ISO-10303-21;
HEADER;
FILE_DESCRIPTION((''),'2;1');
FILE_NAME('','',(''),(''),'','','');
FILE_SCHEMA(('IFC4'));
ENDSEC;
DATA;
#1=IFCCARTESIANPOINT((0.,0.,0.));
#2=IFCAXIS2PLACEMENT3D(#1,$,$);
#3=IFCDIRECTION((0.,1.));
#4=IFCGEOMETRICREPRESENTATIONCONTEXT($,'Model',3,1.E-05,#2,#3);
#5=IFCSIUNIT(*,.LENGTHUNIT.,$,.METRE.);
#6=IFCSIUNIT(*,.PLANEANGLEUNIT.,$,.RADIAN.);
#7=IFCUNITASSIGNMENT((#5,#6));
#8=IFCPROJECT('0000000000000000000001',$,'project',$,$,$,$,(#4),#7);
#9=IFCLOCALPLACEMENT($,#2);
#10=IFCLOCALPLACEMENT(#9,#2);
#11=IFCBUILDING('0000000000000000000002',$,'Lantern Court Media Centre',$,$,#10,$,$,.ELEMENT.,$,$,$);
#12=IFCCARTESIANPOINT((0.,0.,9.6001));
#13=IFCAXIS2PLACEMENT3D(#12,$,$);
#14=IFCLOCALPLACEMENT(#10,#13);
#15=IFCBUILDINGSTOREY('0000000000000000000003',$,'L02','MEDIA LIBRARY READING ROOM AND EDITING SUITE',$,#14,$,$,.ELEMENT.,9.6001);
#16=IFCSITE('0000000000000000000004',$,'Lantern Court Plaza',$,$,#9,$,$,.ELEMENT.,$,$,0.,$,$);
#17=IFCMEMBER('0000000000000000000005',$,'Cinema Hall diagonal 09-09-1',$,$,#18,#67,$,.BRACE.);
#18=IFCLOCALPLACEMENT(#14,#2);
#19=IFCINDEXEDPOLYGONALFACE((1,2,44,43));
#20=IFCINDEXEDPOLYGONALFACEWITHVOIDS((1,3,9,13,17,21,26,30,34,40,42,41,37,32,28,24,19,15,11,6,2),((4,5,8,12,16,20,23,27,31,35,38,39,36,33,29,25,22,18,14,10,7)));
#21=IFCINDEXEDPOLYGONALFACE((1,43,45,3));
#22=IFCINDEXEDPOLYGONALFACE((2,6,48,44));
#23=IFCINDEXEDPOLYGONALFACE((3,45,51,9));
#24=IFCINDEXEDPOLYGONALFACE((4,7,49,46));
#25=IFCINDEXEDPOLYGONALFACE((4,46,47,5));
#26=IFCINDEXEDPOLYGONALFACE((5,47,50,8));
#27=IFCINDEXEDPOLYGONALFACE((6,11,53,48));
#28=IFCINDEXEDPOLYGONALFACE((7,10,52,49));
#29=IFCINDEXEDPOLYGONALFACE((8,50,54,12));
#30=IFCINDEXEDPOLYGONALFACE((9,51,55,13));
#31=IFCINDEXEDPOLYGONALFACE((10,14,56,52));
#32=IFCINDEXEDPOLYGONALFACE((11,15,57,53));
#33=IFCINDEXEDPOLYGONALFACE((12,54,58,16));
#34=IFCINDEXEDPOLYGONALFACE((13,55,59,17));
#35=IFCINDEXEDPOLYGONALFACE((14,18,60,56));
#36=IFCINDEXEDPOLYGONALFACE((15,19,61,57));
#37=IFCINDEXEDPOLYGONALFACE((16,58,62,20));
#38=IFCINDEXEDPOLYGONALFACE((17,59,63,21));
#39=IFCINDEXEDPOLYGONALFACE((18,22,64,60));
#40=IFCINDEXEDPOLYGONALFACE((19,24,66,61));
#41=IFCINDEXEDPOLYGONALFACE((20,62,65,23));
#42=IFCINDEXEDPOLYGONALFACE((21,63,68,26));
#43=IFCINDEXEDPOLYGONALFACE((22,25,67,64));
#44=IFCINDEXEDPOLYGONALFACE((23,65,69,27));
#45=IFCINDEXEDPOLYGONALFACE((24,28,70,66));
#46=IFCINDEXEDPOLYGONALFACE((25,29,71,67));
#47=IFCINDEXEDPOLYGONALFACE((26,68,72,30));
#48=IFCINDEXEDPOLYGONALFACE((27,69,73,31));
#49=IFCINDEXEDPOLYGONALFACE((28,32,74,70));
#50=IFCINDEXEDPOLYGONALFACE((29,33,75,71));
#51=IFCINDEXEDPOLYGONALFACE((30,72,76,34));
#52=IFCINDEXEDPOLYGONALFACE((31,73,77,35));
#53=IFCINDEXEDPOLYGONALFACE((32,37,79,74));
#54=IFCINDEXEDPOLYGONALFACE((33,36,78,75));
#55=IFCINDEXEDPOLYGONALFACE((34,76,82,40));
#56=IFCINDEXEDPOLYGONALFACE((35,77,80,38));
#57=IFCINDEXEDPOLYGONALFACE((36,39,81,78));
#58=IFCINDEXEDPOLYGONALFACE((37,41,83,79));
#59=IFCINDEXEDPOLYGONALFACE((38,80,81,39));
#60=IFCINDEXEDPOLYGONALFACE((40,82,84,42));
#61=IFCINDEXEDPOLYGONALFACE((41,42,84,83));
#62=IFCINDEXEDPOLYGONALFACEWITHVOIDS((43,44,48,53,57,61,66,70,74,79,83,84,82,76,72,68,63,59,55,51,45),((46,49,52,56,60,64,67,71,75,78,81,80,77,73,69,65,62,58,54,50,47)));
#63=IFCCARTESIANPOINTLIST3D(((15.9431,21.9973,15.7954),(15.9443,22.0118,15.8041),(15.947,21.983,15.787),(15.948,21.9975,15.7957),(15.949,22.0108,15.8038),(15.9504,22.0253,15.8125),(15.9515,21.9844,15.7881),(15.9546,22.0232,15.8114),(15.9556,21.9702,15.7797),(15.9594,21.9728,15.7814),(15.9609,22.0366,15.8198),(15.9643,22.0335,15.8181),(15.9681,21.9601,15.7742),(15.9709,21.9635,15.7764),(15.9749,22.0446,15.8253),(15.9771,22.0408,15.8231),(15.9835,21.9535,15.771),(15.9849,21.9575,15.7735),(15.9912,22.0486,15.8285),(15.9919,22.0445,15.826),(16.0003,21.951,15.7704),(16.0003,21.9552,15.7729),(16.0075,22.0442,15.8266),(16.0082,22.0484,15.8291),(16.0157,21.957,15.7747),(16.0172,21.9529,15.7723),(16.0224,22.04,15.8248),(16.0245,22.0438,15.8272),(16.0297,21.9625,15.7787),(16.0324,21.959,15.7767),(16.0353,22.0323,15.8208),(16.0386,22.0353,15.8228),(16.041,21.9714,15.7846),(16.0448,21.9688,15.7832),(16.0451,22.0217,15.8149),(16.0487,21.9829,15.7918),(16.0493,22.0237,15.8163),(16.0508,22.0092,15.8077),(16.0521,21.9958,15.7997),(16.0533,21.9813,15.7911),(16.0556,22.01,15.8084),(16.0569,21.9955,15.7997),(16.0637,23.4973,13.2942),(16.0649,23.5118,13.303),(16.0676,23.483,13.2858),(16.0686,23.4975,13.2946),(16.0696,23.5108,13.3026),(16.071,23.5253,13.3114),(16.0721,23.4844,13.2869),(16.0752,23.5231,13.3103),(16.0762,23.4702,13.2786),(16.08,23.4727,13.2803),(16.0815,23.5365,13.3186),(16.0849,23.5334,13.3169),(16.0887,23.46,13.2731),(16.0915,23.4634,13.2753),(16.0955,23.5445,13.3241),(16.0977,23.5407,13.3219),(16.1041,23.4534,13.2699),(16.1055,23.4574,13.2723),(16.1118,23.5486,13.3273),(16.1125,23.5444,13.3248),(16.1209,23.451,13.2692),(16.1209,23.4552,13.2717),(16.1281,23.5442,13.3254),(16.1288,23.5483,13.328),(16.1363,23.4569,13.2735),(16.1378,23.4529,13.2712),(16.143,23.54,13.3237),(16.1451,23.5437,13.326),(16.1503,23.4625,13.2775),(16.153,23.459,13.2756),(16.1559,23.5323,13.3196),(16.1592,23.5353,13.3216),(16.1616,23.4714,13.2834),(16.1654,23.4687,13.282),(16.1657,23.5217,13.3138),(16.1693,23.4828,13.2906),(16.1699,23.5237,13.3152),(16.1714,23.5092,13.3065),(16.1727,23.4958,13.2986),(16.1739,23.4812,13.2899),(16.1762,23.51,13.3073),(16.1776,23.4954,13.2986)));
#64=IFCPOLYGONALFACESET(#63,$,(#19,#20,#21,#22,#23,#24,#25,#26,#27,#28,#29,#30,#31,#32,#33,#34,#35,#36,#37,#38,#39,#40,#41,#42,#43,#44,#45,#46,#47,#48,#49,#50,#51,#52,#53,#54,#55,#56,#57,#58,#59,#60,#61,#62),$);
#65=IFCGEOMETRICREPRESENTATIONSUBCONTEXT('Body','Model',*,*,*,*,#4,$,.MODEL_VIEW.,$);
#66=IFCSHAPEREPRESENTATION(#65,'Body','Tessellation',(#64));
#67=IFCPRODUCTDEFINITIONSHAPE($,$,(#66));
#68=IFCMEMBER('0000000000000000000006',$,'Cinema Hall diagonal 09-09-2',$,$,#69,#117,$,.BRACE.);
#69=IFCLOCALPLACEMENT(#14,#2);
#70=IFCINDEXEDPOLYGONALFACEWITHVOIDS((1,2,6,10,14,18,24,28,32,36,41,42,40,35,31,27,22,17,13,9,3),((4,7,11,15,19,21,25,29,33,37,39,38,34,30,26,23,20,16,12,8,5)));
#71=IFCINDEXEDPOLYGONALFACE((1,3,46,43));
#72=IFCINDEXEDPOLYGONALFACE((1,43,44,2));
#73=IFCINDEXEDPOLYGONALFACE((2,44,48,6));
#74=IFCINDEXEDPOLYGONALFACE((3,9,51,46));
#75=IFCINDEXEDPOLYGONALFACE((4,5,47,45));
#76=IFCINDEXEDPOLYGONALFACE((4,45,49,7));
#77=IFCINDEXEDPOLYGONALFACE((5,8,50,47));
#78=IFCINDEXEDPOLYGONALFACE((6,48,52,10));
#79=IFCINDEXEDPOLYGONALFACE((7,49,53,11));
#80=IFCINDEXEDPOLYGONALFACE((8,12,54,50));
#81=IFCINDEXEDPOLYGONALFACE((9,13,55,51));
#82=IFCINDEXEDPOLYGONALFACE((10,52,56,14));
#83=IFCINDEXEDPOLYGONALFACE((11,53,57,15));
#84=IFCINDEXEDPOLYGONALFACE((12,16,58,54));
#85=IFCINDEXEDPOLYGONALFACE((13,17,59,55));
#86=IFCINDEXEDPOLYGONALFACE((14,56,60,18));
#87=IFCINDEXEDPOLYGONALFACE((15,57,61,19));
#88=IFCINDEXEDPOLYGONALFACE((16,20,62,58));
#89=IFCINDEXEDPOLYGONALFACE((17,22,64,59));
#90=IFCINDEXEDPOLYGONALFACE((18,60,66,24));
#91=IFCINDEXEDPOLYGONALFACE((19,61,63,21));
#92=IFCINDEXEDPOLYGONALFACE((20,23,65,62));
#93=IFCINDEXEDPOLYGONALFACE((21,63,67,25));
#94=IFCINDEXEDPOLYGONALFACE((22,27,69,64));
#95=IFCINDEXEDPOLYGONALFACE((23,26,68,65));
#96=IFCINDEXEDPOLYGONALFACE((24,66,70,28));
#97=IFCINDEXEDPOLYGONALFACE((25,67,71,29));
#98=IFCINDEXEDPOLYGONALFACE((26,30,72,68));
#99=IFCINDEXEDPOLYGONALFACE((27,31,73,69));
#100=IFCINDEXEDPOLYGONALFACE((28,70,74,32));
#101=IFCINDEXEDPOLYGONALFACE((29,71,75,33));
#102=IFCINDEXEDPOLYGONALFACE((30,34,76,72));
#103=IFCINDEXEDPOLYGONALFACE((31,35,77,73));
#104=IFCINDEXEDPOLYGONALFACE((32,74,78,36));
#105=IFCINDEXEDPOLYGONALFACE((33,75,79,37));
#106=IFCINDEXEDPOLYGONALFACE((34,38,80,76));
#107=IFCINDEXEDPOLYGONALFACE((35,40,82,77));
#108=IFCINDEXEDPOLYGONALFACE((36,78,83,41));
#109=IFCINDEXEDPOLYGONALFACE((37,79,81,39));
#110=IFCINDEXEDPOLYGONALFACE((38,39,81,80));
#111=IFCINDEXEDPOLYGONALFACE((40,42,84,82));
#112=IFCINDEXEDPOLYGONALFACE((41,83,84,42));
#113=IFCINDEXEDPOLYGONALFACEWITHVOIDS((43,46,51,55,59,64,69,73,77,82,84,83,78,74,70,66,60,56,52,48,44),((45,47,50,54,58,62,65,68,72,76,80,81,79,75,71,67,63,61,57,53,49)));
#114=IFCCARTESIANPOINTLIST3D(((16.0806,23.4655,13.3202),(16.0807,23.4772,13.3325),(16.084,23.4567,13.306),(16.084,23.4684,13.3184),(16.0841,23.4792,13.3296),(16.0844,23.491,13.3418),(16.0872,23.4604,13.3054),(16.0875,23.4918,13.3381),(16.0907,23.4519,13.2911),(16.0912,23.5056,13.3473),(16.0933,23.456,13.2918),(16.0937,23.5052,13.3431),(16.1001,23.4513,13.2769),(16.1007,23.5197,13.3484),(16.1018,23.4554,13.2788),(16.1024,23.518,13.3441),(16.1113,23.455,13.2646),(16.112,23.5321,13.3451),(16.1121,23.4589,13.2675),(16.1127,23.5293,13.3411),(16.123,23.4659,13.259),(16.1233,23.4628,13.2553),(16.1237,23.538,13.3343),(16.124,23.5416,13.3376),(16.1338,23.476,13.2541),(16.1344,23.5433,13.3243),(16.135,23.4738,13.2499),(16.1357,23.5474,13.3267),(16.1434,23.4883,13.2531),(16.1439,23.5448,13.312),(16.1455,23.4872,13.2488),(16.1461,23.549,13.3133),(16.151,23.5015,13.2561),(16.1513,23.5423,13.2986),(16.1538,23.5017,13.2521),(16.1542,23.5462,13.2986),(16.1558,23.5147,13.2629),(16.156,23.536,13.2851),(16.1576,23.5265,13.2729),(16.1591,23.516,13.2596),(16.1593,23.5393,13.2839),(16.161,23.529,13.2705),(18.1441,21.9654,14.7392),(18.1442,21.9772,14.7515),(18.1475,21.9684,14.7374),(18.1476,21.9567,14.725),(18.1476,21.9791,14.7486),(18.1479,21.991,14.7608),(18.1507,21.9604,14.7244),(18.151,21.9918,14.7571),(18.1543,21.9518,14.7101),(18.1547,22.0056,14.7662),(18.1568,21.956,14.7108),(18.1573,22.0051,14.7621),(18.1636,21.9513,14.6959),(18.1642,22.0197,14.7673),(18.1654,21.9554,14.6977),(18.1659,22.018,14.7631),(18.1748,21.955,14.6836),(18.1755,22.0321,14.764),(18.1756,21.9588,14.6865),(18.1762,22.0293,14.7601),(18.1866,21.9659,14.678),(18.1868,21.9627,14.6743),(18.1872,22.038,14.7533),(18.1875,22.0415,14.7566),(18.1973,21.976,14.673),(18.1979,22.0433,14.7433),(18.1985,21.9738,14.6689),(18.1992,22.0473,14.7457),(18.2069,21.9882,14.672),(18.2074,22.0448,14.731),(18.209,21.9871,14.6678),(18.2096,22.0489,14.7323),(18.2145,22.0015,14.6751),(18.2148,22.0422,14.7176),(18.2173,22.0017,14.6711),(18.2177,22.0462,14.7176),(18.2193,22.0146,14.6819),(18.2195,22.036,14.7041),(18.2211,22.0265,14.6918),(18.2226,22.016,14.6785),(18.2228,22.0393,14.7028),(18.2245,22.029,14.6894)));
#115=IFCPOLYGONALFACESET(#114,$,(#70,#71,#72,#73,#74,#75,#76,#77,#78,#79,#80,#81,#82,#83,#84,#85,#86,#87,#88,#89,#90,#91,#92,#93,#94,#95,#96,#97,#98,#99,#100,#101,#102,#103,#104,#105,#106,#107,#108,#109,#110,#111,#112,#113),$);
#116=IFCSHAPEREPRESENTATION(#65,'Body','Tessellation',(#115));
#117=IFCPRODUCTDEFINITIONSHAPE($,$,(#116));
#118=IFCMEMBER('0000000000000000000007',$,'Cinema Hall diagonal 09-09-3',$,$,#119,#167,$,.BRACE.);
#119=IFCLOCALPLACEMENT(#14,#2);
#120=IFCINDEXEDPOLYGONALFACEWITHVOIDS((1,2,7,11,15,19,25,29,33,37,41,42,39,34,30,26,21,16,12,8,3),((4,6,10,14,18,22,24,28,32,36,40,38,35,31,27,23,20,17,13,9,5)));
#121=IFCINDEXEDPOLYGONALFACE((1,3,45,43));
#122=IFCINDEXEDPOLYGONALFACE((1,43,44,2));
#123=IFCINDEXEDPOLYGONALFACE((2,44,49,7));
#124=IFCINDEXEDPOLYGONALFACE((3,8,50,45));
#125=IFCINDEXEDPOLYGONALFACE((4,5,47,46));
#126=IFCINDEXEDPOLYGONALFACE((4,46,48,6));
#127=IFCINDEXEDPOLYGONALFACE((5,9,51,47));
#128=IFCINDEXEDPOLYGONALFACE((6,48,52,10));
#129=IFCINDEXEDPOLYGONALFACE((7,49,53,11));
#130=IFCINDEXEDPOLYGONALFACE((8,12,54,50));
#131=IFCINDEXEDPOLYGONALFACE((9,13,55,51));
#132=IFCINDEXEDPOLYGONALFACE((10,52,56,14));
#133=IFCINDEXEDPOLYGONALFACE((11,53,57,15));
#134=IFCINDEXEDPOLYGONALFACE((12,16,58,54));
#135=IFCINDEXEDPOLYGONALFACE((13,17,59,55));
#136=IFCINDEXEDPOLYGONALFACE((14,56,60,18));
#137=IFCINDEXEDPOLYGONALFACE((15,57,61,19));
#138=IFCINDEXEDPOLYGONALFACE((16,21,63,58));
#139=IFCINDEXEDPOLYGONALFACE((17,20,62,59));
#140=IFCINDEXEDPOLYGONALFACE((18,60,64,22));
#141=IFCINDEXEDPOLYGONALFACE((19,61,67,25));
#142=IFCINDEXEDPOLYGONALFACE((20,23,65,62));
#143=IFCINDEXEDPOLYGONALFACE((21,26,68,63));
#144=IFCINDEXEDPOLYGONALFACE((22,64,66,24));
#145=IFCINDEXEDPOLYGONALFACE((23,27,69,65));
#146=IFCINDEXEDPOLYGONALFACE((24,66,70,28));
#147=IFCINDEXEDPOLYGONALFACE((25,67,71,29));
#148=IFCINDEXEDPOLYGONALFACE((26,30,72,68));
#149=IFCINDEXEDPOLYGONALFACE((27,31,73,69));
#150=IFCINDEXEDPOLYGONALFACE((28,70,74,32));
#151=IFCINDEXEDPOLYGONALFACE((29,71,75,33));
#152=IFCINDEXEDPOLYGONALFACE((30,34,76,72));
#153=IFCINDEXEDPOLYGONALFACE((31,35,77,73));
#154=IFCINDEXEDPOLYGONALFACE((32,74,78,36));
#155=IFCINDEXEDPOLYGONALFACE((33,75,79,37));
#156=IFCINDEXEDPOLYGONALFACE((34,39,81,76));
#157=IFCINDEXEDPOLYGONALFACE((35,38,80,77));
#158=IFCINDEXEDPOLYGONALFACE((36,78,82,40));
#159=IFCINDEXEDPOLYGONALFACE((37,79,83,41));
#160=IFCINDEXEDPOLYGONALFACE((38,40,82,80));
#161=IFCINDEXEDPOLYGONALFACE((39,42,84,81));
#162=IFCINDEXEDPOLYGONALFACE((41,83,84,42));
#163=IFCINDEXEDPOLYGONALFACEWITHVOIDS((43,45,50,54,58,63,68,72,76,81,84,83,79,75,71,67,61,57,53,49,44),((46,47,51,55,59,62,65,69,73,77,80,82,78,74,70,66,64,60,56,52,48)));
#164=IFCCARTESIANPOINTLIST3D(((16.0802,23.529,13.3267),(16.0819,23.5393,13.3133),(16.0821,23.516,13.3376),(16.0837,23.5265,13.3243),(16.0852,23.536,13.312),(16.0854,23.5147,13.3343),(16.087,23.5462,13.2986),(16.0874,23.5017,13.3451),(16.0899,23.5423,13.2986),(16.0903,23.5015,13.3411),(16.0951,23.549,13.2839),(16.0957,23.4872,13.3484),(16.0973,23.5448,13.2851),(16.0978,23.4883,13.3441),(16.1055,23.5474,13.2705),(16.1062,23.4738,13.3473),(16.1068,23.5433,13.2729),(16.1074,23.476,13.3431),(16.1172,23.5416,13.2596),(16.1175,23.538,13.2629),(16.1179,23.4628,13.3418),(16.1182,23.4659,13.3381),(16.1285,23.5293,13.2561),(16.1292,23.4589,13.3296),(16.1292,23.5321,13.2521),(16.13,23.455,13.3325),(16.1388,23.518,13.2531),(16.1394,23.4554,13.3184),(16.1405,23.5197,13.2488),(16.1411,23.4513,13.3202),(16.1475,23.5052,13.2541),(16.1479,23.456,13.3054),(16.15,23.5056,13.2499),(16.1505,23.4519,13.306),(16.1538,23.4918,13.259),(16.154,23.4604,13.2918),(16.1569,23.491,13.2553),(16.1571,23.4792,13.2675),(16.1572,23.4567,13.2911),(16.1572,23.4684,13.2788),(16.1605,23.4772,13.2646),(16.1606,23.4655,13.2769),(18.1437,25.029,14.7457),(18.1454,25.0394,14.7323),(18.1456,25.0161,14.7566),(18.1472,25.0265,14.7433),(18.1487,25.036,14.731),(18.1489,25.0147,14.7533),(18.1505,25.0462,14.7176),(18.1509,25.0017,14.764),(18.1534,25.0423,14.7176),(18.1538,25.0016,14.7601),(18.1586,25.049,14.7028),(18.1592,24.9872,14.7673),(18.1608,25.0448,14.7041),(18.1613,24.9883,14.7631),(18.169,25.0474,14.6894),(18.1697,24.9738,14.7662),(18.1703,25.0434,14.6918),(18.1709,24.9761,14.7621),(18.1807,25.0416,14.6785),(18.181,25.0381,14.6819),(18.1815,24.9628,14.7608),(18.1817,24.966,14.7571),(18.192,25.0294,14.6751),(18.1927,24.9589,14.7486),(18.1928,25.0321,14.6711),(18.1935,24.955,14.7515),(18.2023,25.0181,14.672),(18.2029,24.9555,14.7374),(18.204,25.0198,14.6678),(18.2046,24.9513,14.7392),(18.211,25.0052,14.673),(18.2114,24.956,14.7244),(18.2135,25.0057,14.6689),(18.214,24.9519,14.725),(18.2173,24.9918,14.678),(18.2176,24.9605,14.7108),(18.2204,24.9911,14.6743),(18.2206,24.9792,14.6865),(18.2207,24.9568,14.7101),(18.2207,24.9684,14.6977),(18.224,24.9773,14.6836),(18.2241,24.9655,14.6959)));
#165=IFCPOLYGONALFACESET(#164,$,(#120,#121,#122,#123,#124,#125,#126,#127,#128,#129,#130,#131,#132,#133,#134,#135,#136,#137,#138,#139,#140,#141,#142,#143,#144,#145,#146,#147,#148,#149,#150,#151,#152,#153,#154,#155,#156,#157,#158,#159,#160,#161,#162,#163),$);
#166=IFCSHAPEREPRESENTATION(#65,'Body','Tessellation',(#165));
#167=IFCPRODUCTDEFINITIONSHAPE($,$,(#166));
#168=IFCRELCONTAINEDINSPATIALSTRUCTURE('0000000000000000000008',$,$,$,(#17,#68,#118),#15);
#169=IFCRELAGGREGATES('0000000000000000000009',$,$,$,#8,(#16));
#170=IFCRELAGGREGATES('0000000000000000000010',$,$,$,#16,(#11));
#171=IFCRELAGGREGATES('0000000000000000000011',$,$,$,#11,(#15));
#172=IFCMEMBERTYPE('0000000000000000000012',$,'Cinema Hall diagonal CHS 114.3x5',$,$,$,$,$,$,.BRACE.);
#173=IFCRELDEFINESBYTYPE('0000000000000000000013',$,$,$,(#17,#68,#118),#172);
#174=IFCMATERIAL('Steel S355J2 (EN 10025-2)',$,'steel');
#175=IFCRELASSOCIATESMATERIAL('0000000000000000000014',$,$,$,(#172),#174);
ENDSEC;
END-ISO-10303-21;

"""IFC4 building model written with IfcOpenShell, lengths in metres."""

from ifc_helpers import new_model, si_unit, direction, frame, origin, origin_2d, place, context, subcontext, project, spatial, hollow_circle, extrude, material, material_profile, profile_set, type_object, element, save


model = new_model("IFC4")

# Units and contexts
model_context = context("Model", 3, precision=1e-05, world=origin(), true_north=direction((0.0, 1.0)))
body_context = subcontext(model_context, "Body", "Model", "MODEL_VIEW")
ifc_project = project(units=[si_unit("LENGTHUNIT", "METRE"), si_unit("PLANEANGLEUNIT", "RADIAN")], contexts=[model_context])

# Site, building, storey
site_placement = place(None, origin())
site = spatial("IfcSite", under=ifc_project, at=site_placement, Name="Lantern Court Plaza", CompositionType="ELEMENT", RefElevation=0.0)
building_placement = place(site_placement, origin())
building = spatial("IfcBuilding", under=site, at=building_placement, Name="Lantern Court Media Centre", CompositionType="ELEMENT")
storey_placement = place(building_placement, frame((0.0, 0.0, 9.6001)))
storey = spatial("IfcBuildingStorey", under=building, at=storey_placement, Name="L02", Description="MEDIA LIBRARY READING ROOM AND EDITING SUITE", CompositionType="ELEMENT", Elevation=9.6001)

# Members
ifc_material = material(Name="Steel S355J2 (EN 10025-2)", Category="steel")
ifc_material_profile_1 = material_profile(ifc_material, hollow_circle(Radius=0.0571, WallThickness=0.0049, at=origin_2d()), Name="Cinema Hall diagonal CHS 114.3x5")
ifc_profile_set_1 = profile_set([ifc_material_profile_1], Name="Steel S355J2 (EN 10025-2)")
member_type_1 = type_object("IfcMemberType", Name="Cinema Hall diagonal CHS 114.3x5", PredefinedType="BRACE", material=ifc_profile_set_1)
member_1_placement = place(storey_placement, frame((16.1206, 23.5, 13.2986), z_axis=(-0.041317, -0.513872, 0.856871), x_axis=(0.996783, -0.080145, 0.0)))
element("IfcMember", 1, at=member_1_placement, inside=storey, type_object=member_type_1, Name="Cinema Hall diagonal 09-09-1", PredefinedType="BRACE", context=body_context, shape_type="SweptSolid", body=[
    extrude(hollow_circle(Radius=0.0571, WallThickness=0.0049, at=origin_2d()), origin(), (0.0, 0.0, 1.0), 2.9189),
])
for number, where, z_axis, x_axis, name in (
    (2, (16.1206, 23.5, 13.2986), (0.70688, -0.513851, 0.486084), (0.58799, 0.808868, 0.0), "Cinema Hall diagonal 09-09-2"),
    (3, (16.1206, 23.5, 13.2986), (0.70688, 0.513851, 0.486084), (-0.58799, 0.808868, 0.0), "Cinema Hall diagonal 09-09-3"),
):
    element("IfcMember", number, at=place(storey_placement, frame(where, z_axis=z_axis, x_axis=x_axis)), inside=storey, type_object=member_type_1, Name=name, PredefinedType="BRACE", context=body_context, shape_type="SweptSolid", body=[
        extrude(hollow_circle(Radius=0.0571, WallThickness=0.0049, at=origin_2d()), origin(), (0.0, 0.0, 1.0), 2.9192),
    ])

save(model, "model.ifc")
